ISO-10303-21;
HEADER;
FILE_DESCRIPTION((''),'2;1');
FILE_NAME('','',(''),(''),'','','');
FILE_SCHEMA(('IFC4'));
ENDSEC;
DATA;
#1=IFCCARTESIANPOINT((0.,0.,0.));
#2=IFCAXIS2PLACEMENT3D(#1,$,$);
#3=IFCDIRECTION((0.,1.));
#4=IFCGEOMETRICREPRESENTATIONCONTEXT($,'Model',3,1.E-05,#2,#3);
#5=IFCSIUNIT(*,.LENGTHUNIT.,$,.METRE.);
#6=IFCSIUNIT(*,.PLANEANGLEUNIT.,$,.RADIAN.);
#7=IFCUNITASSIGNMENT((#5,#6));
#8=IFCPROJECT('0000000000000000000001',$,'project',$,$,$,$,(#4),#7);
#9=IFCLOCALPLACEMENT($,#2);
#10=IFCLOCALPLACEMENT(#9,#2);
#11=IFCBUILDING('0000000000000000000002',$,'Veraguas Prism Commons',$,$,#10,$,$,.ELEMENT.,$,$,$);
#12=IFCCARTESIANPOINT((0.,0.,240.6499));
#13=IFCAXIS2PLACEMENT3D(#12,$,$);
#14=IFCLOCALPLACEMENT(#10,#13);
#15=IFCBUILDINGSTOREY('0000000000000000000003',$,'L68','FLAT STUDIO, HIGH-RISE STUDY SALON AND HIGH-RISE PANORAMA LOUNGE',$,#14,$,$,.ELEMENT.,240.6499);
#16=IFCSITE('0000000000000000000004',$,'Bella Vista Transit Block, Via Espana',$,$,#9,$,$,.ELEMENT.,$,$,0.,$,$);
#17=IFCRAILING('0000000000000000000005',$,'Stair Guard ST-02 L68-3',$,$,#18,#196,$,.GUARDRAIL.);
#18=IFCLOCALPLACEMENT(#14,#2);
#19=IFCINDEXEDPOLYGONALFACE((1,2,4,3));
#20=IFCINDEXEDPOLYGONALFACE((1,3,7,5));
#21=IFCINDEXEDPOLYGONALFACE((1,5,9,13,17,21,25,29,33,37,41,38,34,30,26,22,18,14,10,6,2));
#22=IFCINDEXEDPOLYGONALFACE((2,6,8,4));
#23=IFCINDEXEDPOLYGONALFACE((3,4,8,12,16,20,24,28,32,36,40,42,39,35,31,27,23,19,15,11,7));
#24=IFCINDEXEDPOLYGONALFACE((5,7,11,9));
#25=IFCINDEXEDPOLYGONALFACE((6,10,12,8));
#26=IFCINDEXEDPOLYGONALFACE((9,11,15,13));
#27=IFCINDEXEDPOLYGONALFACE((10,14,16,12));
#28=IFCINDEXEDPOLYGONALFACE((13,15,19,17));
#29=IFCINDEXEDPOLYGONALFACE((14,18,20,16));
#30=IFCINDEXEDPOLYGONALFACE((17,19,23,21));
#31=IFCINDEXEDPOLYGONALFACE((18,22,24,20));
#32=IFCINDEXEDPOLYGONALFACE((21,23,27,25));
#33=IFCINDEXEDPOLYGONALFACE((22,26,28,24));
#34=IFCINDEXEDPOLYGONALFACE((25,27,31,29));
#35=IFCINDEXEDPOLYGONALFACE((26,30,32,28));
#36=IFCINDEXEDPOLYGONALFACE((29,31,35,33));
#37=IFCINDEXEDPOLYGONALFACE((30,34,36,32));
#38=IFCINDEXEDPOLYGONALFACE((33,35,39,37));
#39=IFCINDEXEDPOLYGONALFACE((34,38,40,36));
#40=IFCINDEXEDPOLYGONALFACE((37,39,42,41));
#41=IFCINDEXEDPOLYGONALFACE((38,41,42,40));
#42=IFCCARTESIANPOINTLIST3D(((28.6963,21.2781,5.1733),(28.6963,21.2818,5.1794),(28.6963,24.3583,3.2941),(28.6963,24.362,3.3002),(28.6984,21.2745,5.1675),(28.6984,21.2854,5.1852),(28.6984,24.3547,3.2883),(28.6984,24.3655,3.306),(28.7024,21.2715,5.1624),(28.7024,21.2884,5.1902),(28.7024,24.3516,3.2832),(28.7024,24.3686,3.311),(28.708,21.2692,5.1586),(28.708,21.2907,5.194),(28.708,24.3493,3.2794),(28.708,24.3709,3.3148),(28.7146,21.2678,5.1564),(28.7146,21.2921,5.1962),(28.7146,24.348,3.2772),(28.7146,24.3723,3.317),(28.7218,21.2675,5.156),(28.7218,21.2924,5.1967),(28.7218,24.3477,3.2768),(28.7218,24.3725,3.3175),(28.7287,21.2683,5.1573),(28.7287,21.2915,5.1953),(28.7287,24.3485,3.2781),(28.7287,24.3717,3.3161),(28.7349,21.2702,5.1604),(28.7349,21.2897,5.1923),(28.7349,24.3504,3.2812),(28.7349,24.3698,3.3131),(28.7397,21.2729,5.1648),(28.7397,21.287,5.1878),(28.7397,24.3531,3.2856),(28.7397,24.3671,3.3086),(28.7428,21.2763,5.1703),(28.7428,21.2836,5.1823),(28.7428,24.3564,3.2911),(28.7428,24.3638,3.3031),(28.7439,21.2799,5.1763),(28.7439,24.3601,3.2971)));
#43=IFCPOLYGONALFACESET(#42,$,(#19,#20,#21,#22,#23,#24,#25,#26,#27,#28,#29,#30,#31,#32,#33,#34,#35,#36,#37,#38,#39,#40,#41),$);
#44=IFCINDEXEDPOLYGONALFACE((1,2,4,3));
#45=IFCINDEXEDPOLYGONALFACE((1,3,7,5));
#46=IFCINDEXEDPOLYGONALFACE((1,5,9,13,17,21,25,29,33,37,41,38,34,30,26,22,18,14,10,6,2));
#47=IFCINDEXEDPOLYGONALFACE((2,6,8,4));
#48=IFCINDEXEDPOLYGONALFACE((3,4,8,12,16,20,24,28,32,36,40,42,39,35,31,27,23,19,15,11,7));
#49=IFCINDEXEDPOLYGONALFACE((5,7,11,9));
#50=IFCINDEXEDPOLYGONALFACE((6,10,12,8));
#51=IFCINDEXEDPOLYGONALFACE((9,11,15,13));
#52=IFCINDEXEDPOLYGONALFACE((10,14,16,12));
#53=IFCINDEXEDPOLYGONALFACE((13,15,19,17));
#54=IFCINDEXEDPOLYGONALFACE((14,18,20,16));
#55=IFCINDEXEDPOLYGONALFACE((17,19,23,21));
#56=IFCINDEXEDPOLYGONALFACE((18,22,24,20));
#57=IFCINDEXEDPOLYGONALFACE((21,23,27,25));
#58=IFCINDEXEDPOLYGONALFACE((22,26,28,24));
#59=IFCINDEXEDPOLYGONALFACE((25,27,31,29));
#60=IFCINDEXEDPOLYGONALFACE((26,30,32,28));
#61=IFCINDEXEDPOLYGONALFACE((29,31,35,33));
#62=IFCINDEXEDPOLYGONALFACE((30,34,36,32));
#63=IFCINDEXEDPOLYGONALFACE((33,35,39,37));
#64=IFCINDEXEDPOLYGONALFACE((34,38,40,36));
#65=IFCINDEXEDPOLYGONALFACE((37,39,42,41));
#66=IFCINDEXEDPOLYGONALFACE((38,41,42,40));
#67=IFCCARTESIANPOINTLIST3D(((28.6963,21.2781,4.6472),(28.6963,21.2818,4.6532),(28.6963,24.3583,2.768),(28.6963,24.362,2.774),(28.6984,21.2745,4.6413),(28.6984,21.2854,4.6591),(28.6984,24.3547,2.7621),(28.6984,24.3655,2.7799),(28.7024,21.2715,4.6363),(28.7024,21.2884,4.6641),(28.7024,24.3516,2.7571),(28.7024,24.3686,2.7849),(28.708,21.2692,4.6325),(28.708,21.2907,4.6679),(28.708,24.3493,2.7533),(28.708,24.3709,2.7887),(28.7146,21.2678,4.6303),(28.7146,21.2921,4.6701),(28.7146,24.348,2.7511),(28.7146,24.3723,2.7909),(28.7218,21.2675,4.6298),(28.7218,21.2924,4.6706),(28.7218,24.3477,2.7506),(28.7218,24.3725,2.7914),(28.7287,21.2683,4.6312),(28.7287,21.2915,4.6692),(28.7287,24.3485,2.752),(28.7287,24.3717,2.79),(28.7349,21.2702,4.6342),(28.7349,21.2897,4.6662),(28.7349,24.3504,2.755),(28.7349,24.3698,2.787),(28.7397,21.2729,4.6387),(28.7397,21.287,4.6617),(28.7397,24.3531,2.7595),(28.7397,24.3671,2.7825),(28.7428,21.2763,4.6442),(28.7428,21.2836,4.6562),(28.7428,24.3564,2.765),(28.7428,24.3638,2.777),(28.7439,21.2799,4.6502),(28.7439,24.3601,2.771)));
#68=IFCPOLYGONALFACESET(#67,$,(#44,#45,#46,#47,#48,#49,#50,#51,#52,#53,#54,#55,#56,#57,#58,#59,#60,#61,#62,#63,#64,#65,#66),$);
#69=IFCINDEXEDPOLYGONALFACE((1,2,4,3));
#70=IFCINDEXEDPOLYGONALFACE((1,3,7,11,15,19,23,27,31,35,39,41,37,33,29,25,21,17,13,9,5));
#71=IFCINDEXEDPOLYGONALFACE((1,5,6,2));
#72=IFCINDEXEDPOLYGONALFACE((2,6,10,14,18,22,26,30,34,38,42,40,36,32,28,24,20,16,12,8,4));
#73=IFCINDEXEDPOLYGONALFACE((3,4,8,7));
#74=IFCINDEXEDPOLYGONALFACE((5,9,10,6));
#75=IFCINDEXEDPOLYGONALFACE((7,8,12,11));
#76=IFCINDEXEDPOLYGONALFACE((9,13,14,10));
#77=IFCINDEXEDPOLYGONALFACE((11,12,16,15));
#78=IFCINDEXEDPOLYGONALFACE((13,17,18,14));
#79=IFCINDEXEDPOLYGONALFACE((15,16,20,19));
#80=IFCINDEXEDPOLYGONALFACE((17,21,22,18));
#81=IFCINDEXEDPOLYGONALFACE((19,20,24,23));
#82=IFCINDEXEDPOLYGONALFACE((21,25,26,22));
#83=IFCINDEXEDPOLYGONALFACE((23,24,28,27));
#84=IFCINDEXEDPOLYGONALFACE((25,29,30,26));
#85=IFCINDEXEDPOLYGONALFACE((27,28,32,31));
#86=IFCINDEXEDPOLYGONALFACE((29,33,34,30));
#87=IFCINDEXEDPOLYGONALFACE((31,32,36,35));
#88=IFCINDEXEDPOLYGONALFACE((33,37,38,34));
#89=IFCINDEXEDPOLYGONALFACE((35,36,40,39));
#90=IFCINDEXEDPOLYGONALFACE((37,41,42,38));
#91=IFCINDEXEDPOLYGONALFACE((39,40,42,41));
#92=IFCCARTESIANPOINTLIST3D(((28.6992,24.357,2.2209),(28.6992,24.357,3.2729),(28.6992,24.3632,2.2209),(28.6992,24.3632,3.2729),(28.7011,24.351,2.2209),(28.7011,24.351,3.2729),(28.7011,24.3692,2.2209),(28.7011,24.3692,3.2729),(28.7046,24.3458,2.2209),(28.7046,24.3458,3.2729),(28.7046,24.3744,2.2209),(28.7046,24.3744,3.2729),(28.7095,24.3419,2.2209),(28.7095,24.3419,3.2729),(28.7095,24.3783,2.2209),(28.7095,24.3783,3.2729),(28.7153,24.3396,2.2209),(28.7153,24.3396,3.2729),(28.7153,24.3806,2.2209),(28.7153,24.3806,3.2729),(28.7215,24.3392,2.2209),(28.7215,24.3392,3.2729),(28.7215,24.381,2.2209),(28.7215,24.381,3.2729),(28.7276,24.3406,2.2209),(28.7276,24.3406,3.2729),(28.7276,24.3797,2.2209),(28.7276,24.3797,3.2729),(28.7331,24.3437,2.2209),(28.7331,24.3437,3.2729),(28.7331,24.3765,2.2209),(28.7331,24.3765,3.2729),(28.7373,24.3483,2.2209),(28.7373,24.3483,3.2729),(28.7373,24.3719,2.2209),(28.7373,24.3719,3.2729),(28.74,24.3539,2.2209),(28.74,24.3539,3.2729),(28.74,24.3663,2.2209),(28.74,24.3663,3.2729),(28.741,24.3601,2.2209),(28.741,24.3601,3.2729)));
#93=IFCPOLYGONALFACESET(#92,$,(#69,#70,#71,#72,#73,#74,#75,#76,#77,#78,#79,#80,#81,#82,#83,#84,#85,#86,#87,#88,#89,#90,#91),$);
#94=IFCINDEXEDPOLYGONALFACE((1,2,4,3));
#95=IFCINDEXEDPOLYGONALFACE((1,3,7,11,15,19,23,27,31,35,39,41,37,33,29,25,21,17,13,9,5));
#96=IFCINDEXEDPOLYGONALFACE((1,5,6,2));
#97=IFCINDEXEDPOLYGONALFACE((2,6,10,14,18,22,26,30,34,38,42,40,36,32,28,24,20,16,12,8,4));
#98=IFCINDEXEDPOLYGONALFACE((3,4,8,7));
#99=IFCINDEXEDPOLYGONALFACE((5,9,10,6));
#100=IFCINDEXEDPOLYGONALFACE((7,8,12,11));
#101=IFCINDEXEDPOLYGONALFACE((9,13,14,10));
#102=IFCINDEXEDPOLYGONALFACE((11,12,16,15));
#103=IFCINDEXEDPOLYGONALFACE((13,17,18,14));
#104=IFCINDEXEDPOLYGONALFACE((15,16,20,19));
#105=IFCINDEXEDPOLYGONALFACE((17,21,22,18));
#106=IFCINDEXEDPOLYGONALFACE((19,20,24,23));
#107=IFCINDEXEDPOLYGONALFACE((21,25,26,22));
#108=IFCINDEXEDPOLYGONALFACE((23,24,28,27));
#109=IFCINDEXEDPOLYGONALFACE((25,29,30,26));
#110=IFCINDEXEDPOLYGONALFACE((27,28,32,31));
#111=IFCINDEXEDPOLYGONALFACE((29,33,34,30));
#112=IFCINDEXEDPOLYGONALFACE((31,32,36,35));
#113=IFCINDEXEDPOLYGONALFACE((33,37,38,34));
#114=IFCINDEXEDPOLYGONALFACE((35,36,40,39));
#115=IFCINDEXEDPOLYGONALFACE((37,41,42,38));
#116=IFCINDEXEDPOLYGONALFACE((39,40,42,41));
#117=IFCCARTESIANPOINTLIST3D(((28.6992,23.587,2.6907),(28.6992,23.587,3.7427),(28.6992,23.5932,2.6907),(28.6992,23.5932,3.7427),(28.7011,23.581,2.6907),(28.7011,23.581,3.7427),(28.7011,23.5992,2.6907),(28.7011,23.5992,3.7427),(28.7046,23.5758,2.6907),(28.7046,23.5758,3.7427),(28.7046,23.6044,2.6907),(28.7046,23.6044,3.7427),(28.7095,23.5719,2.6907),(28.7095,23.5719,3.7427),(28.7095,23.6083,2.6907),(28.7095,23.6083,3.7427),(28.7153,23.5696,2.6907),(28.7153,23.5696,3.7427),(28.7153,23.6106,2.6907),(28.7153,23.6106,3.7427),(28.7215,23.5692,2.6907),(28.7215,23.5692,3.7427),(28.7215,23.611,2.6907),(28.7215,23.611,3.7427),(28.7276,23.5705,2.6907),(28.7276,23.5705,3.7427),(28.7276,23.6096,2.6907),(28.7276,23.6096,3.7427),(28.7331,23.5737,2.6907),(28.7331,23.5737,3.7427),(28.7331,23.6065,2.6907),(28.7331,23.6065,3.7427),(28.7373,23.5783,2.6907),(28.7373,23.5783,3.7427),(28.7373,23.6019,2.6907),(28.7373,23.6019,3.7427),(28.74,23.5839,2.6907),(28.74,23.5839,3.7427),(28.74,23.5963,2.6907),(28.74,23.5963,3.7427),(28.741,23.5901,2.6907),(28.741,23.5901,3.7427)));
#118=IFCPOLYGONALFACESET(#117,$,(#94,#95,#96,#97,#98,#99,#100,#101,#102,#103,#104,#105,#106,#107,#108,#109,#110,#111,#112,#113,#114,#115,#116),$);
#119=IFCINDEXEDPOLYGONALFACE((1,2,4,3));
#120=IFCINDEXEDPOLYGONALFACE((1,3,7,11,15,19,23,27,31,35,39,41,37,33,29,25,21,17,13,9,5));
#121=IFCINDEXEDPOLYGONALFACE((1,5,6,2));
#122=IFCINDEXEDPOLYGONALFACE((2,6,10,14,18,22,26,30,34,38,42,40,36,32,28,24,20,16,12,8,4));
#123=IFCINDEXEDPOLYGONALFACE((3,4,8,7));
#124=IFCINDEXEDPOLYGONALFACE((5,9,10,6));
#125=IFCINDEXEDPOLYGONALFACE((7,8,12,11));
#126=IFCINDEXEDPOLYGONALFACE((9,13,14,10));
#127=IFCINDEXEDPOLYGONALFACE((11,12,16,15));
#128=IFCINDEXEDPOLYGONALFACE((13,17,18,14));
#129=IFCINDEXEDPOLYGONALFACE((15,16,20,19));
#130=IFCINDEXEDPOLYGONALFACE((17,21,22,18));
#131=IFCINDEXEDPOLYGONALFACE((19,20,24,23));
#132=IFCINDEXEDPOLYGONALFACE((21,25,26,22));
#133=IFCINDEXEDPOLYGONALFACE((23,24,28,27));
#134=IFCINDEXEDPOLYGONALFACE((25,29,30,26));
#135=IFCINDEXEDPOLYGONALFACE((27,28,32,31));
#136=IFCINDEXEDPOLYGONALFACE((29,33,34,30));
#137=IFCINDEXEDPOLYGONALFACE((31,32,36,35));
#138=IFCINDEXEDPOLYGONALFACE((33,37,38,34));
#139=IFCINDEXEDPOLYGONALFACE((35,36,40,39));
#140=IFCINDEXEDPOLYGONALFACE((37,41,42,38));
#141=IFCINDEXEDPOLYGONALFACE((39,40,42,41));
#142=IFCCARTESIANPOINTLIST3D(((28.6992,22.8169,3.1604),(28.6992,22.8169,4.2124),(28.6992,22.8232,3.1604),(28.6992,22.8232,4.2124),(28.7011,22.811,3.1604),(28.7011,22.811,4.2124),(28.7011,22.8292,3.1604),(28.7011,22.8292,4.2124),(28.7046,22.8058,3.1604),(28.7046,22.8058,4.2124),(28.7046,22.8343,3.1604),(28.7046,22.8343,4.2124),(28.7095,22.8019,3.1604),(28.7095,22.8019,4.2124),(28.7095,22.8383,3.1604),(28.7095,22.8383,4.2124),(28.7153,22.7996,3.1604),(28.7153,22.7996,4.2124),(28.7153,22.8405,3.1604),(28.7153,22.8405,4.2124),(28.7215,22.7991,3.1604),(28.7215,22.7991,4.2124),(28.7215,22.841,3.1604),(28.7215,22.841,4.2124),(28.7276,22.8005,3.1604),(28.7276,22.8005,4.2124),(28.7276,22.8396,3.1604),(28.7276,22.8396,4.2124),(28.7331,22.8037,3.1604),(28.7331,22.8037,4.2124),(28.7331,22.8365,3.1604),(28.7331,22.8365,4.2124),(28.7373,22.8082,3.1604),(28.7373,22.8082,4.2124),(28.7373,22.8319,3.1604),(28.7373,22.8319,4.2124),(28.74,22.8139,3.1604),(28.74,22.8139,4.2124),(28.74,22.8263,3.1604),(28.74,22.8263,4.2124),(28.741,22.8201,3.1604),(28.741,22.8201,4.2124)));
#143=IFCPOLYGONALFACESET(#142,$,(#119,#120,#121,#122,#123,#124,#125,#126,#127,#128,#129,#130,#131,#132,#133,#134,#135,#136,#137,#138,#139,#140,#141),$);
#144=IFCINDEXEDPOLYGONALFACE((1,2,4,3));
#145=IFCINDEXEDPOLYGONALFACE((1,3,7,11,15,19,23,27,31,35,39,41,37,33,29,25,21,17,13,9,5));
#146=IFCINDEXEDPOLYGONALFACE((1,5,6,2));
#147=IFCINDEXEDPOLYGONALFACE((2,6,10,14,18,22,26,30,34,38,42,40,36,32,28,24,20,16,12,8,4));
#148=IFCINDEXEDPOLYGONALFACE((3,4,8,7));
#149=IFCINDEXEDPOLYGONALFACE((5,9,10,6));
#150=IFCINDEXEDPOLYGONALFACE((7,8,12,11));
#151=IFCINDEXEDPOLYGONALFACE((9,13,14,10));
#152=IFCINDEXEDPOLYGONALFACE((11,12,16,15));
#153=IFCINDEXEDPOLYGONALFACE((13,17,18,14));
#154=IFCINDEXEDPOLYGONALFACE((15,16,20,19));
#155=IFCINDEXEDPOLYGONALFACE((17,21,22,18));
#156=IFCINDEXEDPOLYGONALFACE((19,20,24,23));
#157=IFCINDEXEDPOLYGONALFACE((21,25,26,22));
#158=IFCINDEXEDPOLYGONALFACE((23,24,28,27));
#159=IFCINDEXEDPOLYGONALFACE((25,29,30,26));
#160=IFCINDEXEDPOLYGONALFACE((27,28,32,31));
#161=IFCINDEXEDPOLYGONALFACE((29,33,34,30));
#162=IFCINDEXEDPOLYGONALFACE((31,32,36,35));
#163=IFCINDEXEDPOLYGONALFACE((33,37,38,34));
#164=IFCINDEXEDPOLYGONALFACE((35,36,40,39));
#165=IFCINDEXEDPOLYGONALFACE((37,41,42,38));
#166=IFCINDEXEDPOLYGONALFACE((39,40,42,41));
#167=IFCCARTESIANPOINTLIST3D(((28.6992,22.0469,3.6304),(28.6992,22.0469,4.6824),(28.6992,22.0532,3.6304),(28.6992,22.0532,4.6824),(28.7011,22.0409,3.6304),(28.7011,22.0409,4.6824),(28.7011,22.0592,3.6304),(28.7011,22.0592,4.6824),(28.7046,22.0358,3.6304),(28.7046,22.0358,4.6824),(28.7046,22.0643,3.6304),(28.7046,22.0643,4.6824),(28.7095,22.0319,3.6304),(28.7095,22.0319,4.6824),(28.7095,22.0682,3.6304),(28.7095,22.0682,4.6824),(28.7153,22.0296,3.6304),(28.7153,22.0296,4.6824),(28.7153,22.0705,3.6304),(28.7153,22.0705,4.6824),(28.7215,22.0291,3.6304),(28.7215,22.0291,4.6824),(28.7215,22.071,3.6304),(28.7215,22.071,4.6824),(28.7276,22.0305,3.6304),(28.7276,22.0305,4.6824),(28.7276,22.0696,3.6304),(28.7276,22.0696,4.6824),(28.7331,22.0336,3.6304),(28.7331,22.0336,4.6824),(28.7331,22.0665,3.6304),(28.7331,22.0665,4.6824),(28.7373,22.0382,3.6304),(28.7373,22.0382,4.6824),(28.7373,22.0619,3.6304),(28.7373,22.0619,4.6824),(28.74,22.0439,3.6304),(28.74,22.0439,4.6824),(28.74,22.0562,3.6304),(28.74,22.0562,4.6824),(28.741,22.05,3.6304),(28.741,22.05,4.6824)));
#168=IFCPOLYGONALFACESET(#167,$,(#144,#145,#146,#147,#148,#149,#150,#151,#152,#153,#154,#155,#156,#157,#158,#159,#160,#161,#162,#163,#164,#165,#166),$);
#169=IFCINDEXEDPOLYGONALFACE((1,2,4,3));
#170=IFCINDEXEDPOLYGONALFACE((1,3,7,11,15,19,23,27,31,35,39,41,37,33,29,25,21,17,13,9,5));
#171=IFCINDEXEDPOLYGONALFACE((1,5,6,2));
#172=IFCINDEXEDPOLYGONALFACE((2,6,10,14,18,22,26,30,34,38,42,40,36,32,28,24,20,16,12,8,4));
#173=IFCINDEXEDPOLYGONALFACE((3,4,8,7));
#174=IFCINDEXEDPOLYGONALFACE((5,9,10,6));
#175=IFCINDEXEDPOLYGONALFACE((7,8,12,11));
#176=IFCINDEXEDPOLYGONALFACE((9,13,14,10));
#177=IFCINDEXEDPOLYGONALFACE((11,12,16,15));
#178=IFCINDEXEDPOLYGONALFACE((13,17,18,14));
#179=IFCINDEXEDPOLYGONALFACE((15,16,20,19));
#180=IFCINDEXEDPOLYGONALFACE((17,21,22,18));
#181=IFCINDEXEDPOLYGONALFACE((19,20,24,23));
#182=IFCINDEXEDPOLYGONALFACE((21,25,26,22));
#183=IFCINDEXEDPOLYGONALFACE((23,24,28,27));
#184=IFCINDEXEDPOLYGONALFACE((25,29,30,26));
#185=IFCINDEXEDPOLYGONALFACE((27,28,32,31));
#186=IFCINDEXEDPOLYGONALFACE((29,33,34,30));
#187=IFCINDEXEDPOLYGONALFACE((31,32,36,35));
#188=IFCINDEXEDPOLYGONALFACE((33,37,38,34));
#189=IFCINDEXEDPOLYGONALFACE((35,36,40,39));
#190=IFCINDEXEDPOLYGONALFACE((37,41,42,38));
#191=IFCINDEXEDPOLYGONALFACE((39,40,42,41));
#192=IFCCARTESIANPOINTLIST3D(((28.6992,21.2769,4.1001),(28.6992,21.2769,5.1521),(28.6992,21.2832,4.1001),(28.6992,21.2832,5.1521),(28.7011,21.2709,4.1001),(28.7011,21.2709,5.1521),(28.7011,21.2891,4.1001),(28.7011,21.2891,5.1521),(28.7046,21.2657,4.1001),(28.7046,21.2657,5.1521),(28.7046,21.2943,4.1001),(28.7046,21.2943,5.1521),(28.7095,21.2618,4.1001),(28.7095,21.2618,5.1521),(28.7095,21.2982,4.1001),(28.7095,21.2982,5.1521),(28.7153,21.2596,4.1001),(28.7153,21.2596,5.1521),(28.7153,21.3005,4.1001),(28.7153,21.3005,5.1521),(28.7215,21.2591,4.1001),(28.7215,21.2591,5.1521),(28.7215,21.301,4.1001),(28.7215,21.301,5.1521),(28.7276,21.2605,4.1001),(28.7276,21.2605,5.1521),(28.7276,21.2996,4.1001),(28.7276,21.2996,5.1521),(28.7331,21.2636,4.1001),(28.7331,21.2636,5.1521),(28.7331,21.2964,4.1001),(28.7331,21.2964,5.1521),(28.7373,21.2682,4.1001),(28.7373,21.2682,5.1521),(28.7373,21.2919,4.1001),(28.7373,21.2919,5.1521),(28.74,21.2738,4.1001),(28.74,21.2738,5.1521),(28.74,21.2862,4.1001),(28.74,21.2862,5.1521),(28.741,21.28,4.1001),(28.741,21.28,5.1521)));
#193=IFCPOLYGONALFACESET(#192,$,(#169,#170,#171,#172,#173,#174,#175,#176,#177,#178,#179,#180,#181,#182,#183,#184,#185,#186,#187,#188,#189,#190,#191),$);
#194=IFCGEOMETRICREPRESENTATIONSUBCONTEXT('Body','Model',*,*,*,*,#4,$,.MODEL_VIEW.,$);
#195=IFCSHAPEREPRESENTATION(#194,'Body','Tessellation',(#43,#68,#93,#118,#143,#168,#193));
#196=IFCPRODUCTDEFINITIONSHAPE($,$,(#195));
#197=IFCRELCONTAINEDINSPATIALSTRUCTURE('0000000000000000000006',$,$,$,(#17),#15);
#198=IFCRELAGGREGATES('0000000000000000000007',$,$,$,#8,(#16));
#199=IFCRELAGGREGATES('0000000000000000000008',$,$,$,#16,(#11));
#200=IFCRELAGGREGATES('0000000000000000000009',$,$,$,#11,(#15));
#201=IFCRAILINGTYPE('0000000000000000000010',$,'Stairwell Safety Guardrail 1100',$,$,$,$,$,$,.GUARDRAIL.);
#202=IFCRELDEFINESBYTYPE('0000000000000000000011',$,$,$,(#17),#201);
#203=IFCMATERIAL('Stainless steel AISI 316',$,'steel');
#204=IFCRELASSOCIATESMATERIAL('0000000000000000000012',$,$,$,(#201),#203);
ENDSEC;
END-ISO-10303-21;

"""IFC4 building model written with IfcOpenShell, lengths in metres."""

from ifc_helpers import new_model, si_unit, direction, frame, origin, origin_2d, place, context, subcontext, project, spatial, circle, extrude, material, type_object, element, save


model = new_model("IFC4")

# Units and contexts
model_context = context("Model", 3, precision=1e-05, world=origin(), true_north=direction((0.0, 1.0)))
body_context = subcontext(model_context, "Body", "Model", "MODEL_VIEW")
ifc_project = project(units=[si_unit("LENGTHUNIT", "METRE"), si_unit("PLANEANGLEUNIT", "RADIAN")], contexts=[model_context])

# Site, building, storey
site_placement = place(None, origin())
site = spatial("IfcSite", under=ifc_project, at=site_placement, Name="Bella Vista Transit Block, Via Espana", CompositionType="ELEMENT", RefElevation=0.0)
building_placement = place(site_placement, origin())
building = spatial("IfcBuilding", under=site, at=building_placement, Name="Veraguas Prism Commons", CompositionType="ELEMENT")
storey_placement = place(building_placement, frame((0.0, 0.0, 240.6499)))
storey = spatial("IfcBuildingStorey", under=building, at=storey_placement, Name="L68", Description="FLAT STUDIO, HIGH-RISE STUDY SALON AND HIGH-RISE PANORAMA LOUNGE", CompositionType="ELEMENT", Elevation=240.6499)

# Railing
ifc_material_1 = material(Name="Stainless steel AISI 316", Category="steel")
railing_type_1 = type_object("IfcRailingType", Name="Stairwell Safety Guardrail 1100", PredefinedType="GUARDRAIL", material=ifc_material_1)
railing_1_placement = place(storey_placement, frame((28.72, 24.3601, 2.2209)))
element("IfcRailing", 1, at=railing_1_placement, inside=storey, type_object=railing_type_1, Name="Stair Guard ST-02 L68-3", PredefinedType="GUARDRAIL", context=body_context, shape_type="SweptSolid", body=[
    extrude(circle(Radius=0.0239, at=origin_2d()), frame((0.0, 0.0, 1.0762), z_axis=(0.0, -0.853666, 0.52082), x_axis=(1.0, 0.0, 0.0)), (0.0, 0.0, 1.0), 3.6082),
    extrude(circle(Radius=0.0239, at=origin_2d()), frame((0.0, 0.0, 0.55), z_axis=(0.0, -0.853666, 0.52082), x_axis=(1.0, 0.0, 0.0)), (0.0, 0.0, 1.0), 3.6082),
    extrude(circle(Radius=0.021, at=origin_2d()), origin(), (0.0, 0.0, 1.0), 1.052),
    extrude(circle(Radius=0.021, at=origin_2d()), frame((0.0, -0.77, 0.4697)), (0.0, 0.0, 1.0), 1.052),
    extrude(circle(Radius=0.021, at=origin_2d()), frame((0.0, -1.54, 0.9395)), (0.0, 0.0, 1.0), 1.052),
    extrude(circle(Radius=0.021, at=origin_2d()), frame((0.0, -2.3101, 1.4094)), (0.0, 0.0, 1.0), 1.052),
    extrude(circle(Radius=0.021, at=origin_2d()), frame((0.0, -3.0801, 1.8792)), (0.0, 0.0, 1.0), 1.052),
])

save(model, "model.ifc")
